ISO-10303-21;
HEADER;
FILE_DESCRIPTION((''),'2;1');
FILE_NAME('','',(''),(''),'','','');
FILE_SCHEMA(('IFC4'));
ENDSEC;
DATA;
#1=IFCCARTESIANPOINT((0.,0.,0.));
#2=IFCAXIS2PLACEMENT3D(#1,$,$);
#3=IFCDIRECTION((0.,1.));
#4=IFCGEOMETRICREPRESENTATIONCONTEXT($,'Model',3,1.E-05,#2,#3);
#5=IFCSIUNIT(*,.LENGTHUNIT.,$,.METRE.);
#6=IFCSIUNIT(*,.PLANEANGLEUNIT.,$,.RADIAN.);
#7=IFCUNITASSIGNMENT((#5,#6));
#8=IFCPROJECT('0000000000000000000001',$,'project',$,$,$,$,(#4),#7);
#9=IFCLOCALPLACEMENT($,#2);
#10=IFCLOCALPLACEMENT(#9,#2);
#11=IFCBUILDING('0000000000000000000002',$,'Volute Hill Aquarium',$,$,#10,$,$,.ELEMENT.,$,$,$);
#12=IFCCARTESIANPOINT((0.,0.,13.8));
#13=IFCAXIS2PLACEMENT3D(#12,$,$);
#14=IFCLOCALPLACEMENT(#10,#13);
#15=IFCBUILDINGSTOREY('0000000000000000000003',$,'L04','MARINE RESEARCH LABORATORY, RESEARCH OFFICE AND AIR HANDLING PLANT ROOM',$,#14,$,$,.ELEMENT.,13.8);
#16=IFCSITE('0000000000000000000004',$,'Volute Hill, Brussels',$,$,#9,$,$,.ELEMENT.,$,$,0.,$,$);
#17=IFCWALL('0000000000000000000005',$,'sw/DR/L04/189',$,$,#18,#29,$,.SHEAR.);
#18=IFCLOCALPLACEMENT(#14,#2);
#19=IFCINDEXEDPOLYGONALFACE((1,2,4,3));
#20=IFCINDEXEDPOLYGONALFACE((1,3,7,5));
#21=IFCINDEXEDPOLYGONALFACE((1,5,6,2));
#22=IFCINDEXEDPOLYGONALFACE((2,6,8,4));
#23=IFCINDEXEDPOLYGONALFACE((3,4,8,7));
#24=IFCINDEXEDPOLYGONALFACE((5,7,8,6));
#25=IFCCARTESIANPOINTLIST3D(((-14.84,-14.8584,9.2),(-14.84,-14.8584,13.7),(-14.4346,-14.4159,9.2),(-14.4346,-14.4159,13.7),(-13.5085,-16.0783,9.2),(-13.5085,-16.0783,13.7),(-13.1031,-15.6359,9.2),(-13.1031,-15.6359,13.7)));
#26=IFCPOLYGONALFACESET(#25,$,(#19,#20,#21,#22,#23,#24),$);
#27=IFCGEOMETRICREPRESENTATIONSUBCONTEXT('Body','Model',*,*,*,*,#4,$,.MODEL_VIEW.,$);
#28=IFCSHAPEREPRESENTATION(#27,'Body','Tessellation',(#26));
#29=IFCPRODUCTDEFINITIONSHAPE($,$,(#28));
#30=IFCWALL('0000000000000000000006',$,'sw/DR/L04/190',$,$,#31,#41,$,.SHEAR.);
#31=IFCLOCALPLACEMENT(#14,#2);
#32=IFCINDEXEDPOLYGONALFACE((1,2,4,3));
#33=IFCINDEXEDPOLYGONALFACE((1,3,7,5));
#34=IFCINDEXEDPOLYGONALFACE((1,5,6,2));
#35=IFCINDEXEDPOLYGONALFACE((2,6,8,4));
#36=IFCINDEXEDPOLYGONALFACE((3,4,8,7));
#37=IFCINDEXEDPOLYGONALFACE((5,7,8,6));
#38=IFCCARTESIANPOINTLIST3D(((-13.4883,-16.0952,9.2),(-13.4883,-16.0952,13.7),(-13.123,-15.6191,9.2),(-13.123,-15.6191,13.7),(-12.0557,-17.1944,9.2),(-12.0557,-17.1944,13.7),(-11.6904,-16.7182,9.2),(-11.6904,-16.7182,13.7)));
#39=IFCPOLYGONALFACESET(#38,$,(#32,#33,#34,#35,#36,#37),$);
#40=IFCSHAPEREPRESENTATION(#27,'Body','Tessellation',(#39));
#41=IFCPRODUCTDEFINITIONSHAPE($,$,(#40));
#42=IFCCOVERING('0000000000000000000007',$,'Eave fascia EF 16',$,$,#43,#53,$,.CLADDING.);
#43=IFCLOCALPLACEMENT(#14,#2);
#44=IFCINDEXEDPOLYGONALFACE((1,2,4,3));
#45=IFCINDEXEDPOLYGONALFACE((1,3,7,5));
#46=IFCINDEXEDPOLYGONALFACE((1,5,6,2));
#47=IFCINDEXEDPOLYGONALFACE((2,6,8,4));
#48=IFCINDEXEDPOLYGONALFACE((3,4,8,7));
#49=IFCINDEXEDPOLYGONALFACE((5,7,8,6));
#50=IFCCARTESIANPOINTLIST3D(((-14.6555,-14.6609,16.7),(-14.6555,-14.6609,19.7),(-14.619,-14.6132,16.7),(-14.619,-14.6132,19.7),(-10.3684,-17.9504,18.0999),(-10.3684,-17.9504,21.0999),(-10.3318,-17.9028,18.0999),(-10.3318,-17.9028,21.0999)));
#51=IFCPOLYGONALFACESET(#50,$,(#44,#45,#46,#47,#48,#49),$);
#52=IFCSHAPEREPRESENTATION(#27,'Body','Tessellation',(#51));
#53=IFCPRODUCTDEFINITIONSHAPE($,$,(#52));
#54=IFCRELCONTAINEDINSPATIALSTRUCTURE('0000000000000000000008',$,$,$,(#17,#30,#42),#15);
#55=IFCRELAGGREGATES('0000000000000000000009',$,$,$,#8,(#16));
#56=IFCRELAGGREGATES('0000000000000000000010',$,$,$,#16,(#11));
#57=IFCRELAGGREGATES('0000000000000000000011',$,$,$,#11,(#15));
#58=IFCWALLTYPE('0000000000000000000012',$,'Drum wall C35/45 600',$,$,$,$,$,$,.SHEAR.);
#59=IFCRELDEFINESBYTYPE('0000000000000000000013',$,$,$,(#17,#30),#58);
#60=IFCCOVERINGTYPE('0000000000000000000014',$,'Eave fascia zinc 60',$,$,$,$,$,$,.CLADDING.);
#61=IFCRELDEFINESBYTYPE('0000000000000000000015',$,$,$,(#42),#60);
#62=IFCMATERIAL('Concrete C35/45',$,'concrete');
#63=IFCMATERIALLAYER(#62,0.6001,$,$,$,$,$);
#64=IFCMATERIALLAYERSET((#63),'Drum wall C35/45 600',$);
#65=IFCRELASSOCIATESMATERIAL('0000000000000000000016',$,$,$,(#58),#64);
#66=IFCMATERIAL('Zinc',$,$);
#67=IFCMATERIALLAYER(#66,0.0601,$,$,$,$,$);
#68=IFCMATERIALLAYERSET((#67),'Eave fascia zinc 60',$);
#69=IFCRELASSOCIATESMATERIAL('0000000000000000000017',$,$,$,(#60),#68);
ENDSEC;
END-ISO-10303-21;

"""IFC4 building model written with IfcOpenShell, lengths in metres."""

from ifc_helpers import new_model, si_unit, direction, frame, frame_2d, origin, place, context, subcontext, project, spatial, polyline, rectangle, outline, extrude, material, layer, layer_set, type_object, element, save


model = new_model("IFC4")

# Units and contexts
model_context = context("Model", 3, precision=1e-05, world=origin(), true_north=direction((0.0, 1.0)))
body_context = subcontext(model_context, "Body", "Model", "MODEL_VIEW")
ifc_project = project(units=[si_unit("LENGTHUNIT", "METRE"), si_unit("PLANEANGLEUNIT", "RADIAN")], contexts=[model_context])

# Site, building, storey
site_placement = place(None, origin())
site = spatial("IfcSite", under=ifc_project, at=site_placement, Name="Volute Hill, Brussels", CompositionType="ELEMENT", RefElevation=0.0)
building_placement = place(site_placement, origin())
building = spatial("IfcBuilding", under=site, at=building_placement, Name="Volute Hill Aquarium", CompositionType="ELEMENT")
storey_placement = place(building_placement, frame((0.0, 0.0, 13.8)))
storey = spatial("IfcBuildingStorey", under=building, at=storey_placement, Name="L04", Description="MARINE RESEARCH LABORATORY, RESEARCH OFFICE AND AIR HANDLING PLANT ROOM", CompositionType="ELEMENT", Elevation=13.8)

# Walls
ifc_material_1 = material(Name="Concrete C35/45", Category="concrete")
ifc_layer_1 = layer(ifc_material_1, 0.6001)
ifc_layer_set_1 = layer_set([ifc_layer_1], Name="Drum wall C35/45 600")
wall_type = type_object("IfcWallType", Name="Drum wall C35/45 600", PredefinedType="SHEAR", material=ifc_layer_set_1)
wall_1_placement = place(storey_placement, frame((-14.6372, -14.6372, 9.2), z_axis=(0.0, 0.0, 1.0), x_axis=(0.737322, -0.675541, 0.0)))
element("IfcWall", 1, at=wall_1_placement, inside=storey, type_object=wall_type, Name="sw/DR/L04/189", PredefinedType="SHEAR", context=body_context, shape_type="SweptSolid", body=[
    extrude(rectangle(XDim=1.8059, YDim=0.6001, at=frame_2d((0.9028, 0.0))), origin(), (0.0, 0.0, 1.0), 4.5),
])
wall_2_placement = place(storey_placement, frame((-13.3057, -15.8572, 9.2), z_axis=(0.0, 0.0, 1.0), x_axis=(0.793397, -0.608704, 0.0)))
element("IfcWall", 2, at=wall_2_placement, inside=storey, type_object=wall_type, Name="sw/DR/L04/190", PredefinedType="SHEAR", context=body_context, shape_type="SweptSolid", body=[
    extrude(rectangle(XDim=1.8057, YDim=0.6001, at=frame_2d((0.9028, 0.0))), origin(), (0.0, 0.0, 1.0), 4.5),
])

# Covering
ifc_material_2 = material(Name="Zinc")
ifc_layer_2 = layer(ifc_material_2, 0.0601)
ifc_layer_set_2 = layer_set([ifc_layer_2], Name="Eave fascia zinc 60")
covering_type = type_object("IfcCoveringType", Name="Eave fascia zinc 60", PredefinedType="CLADDING", material=ifc_layer_set_2)
covering_placement = place(storey_placement, frame((-14.6555, -14.6609, 16.7), z_axis=(-0.608754, -0.793359, 0.0), x_axis=(0.768006, -0.5893, 0.250783)))
element("IfcCovering", 3, at=covering_placement, inside=storey, type_object=covering_type, Name="Eave fascia EF 16", PredefinedType="CLADDING", context=body_context, shape_type="SweptSolid", body=[
    extrude(outline(polyline([(0.0, 0.0), (5.5821, 0.0), (6.3345, 2.9041), (0.7523, 2.9041), (0.0, 0.0)])), origin(), (0.0, 0.0, -1.0), 0.0601),
])

save(model, "model.ifc")
